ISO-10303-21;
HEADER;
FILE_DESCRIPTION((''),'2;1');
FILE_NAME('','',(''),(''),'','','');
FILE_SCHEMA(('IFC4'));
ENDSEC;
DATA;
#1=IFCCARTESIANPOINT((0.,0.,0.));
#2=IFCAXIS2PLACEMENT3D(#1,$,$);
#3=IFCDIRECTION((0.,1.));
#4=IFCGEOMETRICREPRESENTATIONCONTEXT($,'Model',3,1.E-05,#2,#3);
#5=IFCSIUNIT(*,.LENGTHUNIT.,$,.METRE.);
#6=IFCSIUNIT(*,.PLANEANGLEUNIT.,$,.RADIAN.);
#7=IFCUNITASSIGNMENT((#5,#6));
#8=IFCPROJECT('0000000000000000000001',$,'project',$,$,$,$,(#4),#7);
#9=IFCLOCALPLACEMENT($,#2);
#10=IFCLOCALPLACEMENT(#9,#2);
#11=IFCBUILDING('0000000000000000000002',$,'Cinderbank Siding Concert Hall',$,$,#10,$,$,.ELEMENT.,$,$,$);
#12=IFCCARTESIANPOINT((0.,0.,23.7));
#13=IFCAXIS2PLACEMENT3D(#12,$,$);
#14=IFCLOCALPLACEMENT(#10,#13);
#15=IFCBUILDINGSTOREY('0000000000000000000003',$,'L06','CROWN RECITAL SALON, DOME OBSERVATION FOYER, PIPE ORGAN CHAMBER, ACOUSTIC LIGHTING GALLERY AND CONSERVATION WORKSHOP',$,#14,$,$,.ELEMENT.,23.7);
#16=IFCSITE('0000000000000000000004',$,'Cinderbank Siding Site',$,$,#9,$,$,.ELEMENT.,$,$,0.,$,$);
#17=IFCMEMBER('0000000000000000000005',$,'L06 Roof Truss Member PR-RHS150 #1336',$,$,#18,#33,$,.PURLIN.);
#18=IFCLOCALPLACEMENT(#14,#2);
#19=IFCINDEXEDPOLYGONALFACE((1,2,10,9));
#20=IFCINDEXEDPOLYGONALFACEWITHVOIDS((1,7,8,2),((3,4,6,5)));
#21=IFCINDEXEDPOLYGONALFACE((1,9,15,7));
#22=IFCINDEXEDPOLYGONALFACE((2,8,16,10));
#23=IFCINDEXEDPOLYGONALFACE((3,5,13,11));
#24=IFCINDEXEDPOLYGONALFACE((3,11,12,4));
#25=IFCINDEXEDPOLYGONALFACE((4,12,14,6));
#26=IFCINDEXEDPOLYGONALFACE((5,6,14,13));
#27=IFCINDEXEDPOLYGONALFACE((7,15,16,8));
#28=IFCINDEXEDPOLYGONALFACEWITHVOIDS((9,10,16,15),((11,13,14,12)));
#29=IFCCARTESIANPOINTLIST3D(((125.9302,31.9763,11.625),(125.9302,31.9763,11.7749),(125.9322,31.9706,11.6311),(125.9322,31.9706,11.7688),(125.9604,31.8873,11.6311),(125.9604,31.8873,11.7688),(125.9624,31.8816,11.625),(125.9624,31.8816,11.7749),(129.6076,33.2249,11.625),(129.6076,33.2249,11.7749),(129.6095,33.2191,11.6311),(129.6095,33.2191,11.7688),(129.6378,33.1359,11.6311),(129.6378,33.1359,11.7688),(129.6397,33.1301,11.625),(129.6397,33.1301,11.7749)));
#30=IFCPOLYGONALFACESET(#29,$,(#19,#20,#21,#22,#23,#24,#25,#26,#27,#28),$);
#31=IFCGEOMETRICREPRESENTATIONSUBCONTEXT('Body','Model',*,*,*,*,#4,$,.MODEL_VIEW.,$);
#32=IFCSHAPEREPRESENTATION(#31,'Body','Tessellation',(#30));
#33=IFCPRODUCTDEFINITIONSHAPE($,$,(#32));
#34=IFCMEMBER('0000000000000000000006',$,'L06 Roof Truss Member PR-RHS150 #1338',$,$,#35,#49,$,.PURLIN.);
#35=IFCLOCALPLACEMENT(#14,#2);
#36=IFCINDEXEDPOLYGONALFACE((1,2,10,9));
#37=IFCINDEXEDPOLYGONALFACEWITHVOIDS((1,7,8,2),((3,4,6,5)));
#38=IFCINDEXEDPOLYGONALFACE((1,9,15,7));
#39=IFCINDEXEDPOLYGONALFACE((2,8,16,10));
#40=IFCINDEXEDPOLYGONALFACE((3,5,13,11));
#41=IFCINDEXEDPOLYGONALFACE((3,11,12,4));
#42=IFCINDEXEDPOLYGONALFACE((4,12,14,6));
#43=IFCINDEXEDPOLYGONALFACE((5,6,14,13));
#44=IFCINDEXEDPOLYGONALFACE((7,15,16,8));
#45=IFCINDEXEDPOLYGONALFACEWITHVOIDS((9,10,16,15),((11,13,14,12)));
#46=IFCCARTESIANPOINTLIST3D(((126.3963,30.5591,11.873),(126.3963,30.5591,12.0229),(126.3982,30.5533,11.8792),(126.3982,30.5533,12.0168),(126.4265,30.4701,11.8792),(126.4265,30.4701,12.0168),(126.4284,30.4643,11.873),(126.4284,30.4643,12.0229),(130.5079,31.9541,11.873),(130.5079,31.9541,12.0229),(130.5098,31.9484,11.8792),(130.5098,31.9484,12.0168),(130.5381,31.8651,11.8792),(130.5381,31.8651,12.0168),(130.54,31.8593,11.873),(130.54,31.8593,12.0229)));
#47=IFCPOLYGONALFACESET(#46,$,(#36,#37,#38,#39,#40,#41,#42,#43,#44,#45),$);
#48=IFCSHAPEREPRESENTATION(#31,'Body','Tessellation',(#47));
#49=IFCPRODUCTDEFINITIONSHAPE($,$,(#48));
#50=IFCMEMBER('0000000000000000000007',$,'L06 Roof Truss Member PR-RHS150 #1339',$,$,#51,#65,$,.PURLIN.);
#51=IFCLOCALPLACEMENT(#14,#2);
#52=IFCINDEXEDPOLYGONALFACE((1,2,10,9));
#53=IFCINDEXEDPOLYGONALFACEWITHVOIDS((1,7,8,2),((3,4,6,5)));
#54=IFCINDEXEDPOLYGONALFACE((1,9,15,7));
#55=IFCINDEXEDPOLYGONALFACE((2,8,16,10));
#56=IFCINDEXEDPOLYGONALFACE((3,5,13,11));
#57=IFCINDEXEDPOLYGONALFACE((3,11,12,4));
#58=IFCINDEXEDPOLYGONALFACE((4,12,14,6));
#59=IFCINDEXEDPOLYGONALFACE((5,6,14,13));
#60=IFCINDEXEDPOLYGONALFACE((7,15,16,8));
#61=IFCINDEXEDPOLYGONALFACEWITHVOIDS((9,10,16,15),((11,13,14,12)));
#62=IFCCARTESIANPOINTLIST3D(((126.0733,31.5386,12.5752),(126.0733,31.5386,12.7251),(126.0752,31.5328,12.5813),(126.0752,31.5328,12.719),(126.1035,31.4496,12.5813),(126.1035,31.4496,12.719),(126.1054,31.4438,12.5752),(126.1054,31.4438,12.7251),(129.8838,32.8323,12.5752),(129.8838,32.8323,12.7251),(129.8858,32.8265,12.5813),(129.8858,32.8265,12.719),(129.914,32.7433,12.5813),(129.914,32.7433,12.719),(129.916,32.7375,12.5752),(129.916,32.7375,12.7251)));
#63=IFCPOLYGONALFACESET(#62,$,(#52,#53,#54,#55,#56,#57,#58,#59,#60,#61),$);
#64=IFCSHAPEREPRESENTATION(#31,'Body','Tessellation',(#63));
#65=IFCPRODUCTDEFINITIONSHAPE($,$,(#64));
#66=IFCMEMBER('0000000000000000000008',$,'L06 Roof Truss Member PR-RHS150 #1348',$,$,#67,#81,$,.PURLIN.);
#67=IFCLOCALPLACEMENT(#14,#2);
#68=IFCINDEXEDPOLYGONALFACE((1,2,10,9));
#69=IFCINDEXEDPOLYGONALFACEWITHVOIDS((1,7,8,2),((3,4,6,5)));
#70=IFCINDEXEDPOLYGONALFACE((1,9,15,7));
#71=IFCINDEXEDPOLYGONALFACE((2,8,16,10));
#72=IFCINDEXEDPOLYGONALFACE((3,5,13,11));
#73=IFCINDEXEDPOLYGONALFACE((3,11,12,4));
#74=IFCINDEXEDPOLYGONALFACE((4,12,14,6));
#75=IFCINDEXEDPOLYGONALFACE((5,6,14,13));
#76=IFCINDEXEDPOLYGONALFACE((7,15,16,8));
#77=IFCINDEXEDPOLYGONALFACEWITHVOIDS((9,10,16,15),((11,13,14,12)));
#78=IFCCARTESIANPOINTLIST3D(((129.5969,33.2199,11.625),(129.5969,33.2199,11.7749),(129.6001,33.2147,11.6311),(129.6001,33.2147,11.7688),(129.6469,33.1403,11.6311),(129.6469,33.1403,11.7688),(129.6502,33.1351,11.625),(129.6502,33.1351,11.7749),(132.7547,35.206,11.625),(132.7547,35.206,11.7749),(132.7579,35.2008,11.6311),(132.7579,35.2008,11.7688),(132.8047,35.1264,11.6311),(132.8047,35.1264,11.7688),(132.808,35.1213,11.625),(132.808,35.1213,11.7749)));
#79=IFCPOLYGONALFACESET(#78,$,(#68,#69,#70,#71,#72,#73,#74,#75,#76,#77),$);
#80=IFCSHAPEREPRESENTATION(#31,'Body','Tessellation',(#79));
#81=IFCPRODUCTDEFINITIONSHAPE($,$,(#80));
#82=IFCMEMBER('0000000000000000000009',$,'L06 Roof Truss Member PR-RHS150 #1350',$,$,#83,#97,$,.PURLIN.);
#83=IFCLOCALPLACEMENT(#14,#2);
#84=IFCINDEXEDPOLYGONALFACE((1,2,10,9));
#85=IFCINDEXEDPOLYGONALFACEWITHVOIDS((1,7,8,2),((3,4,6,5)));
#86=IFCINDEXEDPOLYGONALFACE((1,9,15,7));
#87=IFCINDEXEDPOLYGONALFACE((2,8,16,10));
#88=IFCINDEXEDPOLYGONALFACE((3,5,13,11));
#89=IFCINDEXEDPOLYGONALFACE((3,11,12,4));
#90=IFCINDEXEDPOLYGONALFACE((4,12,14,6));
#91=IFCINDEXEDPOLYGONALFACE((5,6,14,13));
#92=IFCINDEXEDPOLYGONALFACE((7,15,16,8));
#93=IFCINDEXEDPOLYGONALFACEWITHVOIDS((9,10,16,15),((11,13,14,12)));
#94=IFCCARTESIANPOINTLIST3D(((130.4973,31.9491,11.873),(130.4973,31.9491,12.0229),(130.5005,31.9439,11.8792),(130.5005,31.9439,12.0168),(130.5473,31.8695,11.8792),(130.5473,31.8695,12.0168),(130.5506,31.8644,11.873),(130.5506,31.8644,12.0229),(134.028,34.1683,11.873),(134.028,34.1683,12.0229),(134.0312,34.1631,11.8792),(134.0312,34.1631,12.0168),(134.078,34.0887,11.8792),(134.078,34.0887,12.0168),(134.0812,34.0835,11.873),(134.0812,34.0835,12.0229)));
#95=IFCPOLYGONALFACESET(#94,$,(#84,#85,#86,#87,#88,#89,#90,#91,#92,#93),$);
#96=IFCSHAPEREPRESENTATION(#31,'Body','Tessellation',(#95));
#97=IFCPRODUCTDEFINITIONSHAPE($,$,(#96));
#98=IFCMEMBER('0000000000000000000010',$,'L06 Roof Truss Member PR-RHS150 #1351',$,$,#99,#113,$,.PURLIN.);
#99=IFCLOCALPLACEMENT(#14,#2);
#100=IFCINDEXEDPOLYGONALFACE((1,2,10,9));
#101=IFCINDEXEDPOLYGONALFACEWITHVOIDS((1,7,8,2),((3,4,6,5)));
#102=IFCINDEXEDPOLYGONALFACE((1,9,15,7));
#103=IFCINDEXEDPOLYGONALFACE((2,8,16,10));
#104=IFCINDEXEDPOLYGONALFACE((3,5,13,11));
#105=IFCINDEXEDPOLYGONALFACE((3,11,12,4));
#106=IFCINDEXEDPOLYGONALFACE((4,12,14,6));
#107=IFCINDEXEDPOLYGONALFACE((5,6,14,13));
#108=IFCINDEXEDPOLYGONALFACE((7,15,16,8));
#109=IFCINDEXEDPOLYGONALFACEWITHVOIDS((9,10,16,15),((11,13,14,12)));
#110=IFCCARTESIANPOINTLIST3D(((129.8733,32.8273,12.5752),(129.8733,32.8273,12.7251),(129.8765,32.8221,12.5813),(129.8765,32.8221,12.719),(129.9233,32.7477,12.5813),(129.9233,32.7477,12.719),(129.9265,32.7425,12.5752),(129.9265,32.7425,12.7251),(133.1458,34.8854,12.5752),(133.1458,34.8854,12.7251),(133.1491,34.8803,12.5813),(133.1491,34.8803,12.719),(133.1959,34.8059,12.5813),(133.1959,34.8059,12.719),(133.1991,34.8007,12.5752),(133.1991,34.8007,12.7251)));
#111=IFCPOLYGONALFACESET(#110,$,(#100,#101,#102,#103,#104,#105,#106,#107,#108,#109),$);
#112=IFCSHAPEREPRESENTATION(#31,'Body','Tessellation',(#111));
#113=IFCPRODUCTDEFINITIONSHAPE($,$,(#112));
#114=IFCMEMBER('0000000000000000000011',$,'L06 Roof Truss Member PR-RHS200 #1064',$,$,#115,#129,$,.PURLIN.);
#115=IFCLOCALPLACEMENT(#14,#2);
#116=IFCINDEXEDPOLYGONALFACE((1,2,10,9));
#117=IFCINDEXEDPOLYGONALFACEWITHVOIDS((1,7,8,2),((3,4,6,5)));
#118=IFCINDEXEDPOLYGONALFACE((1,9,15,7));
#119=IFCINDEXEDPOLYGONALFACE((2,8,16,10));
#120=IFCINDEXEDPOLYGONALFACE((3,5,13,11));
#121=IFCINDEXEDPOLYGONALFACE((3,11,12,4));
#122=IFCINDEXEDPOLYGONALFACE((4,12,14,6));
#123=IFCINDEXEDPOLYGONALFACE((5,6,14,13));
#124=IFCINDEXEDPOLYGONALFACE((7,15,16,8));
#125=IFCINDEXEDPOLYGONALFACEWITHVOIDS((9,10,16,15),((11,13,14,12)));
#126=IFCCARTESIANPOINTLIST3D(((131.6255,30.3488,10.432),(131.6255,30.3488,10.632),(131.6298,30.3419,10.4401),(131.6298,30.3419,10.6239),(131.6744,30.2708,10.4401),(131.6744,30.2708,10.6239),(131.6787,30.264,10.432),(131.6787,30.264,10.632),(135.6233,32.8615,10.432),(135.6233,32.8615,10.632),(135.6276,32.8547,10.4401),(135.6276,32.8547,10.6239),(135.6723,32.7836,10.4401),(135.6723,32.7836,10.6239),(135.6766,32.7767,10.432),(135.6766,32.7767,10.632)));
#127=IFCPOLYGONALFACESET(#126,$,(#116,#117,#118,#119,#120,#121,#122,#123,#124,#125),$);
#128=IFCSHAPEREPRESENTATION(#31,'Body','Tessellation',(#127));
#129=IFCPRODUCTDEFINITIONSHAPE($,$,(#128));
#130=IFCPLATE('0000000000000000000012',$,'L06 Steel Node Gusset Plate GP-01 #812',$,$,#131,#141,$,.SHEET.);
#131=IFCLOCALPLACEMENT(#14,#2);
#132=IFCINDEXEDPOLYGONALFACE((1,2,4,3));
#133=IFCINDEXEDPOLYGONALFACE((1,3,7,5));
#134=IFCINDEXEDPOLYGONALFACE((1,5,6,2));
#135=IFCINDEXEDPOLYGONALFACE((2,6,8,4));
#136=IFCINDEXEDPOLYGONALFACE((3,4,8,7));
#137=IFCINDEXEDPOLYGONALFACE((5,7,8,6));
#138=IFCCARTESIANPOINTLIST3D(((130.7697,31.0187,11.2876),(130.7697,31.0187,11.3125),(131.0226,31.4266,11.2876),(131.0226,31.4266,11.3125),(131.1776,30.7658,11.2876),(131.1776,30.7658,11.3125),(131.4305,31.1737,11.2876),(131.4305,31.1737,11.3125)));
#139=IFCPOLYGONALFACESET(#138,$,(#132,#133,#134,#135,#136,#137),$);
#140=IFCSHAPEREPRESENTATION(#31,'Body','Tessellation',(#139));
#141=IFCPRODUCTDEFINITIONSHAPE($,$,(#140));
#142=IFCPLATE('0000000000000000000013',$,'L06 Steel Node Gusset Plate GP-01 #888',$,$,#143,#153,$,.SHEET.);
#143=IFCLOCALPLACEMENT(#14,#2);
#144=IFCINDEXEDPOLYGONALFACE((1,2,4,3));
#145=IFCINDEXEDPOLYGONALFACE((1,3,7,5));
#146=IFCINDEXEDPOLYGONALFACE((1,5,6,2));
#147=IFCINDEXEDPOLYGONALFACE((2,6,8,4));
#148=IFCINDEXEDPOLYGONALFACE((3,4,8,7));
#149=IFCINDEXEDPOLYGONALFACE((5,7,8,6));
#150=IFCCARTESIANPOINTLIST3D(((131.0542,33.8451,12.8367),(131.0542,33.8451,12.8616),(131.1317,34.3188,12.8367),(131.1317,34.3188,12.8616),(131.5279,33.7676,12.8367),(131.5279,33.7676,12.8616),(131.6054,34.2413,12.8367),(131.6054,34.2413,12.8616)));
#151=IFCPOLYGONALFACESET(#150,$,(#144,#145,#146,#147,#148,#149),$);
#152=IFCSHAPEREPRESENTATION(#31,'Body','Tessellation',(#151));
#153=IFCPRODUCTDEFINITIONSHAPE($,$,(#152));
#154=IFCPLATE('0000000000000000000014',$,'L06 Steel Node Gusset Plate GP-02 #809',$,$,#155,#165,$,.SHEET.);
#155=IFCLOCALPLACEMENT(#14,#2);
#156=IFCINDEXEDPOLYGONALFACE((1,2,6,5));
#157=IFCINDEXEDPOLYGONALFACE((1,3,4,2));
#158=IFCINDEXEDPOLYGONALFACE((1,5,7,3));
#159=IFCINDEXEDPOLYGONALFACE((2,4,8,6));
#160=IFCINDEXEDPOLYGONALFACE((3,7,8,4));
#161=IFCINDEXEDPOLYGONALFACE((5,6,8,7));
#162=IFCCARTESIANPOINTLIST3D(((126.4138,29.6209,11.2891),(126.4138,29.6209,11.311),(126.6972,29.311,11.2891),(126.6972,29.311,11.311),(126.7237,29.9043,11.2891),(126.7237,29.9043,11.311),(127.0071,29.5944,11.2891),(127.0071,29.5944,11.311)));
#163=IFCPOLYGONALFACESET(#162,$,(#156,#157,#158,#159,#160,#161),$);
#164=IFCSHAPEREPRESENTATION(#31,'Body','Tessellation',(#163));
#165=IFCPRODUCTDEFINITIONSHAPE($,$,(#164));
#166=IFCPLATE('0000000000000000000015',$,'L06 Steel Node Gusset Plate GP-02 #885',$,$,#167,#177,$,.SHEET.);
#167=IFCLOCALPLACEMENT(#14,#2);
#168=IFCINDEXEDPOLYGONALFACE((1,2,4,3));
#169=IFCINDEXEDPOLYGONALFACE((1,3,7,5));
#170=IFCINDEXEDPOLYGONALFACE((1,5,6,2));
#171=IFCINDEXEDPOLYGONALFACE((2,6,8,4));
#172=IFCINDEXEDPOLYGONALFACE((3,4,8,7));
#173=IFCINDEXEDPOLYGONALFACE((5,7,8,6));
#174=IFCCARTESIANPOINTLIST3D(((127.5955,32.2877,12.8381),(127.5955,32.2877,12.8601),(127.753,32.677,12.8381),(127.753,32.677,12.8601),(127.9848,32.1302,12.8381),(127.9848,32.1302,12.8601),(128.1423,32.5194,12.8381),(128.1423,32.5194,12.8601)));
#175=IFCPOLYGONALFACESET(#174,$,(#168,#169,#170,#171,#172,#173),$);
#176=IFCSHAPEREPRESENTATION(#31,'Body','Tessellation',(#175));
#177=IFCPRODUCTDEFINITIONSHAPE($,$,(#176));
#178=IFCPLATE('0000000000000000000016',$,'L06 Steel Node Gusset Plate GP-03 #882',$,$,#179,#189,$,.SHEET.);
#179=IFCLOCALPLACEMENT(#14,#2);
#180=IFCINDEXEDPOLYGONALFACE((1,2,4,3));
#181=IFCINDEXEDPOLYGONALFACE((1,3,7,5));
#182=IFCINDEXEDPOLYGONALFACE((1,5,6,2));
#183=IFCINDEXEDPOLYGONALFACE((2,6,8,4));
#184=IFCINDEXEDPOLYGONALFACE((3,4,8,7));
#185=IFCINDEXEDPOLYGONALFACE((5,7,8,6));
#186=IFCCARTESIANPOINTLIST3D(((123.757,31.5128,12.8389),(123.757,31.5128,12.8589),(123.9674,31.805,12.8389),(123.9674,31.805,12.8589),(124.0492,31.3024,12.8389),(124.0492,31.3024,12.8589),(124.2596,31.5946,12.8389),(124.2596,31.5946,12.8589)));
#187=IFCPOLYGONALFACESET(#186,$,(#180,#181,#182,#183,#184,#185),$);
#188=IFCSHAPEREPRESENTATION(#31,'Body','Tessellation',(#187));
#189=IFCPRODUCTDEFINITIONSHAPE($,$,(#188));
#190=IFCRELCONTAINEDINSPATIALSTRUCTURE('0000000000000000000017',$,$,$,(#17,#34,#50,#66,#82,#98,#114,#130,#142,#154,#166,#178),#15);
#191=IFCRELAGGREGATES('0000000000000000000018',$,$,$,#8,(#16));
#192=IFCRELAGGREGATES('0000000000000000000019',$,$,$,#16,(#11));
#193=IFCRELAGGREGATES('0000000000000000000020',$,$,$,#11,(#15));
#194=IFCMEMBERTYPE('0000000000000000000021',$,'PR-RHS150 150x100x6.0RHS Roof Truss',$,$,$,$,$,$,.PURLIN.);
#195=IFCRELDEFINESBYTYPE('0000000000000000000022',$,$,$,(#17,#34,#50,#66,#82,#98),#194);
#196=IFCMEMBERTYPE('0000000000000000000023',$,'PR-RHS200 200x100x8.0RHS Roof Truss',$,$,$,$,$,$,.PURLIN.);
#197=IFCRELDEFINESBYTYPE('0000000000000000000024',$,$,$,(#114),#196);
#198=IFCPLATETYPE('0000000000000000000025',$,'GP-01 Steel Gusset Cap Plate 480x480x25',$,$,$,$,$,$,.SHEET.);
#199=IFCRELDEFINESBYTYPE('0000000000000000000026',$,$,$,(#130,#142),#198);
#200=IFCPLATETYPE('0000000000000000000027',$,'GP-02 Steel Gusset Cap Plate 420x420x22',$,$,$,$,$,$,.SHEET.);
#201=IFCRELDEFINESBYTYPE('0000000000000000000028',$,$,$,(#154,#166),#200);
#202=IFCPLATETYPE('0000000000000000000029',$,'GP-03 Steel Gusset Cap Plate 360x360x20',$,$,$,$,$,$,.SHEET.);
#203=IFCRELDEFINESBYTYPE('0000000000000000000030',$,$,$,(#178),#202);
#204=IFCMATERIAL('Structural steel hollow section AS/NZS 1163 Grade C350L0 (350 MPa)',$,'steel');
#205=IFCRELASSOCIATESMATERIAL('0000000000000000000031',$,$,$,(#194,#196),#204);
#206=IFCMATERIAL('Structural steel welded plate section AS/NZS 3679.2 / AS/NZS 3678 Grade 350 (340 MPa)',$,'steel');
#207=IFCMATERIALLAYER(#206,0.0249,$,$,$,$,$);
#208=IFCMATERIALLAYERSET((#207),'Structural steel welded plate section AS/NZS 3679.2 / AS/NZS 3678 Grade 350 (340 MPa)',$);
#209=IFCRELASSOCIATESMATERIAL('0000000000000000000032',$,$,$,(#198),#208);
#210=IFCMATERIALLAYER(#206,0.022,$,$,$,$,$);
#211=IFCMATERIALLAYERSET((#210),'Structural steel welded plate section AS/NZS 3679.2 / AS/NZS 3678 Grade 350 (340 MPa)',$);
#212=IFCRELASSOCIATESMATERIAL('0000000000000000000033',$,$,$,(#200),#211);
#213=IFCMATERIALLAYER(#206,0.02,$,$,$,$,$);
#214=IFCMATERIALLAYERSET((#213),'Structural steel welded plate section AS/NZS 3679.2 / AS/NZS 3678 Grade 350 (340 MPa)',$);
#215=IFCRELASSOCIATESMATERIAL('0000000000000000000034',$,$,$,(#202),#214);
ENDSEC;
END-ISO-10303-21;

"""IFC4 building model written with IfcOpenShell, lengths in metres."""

from ifc_helpers import new_model, si_unit, direction, frame, origin, origin_2d, place, context, subcontext, project, spatial, rectangle, hollow_rectangle, extrude, material, layer, layer_set, material_profile, profile_set, type_object, element, save


model = new_model("IFC4")

# Units and contexts
model_context = context("Model", 3, precision=1e-05, world=origin(), true_north=direction((0.0, 1.0)))
body_context = subcontext(model_context, "Body", "Model", "MODEL_VIEW")
ifc_project = project(units=[si_unit("LENGTHUNIT", "METRE"), si_unit("PLANEANGLEUNIT", "RADIAN")], contexts=[model_context])

# Site, building, storey
site_placement = place(None, origin())
site = spatial("IfcSite", under=ifc_project, at=site_placement, Name="Cinderbank Siding Site", CompositionType="ELEMENT", RefElevation=0.0)
building_placement = place(site_placement, origin())
building = spatial("IfcBuilding", under=site, at=building_placement, Name="Cinderbank Siding Concert Hall", CompositionType="ELEMENT")
storey_placement = place(building_placement, frame((0.0, 0.0, 23.7)))
storey = spatial("IfcBuildingStorey", under=building, at=storey_placement, Name="L06", Description="CROWN RECITAL SALON, DOME OBSERVATION FOYER, PIPE ORGAN CHAMBER, ACOUSTIC LIGHTING GALLERY AND CONSERVATION WORKSHOP", CompositionType="ELEMENT", Elevation=23.7)

# Members
ifc_material_1 = material(Name="Structural steel hollow section AS/NZS 1163 Grade C350L0 (350 MPa)", Category="steel")
ifc_material_profile_1 = material_profile(ifc_material_1, hollow_rectangle(XDim=0.1001, YDim=0.1499, WallThickness=0.0061, at=origin_2d()), Name="150x100x6.0RHS", Category="LoadBearing")
ifc_profile_set_1 = profile_set([ifc_material_profile_1], Name="Structural steel hollow section AS/NZS 1163 Grade C350L0 (350 MPa)")
member_type_1 = type_object("IfcMemberType", Name="PR-RHS150 150x100x6.0RHS Roof Truss", PredefinedType="PURLIN", material=ifc_profile_set_1)
member_1_placement = place(storey_placement, frame((125.9463, 31.929, 11.7), z_axis=(0.946908, 0.321504, 0.0), x_axis=(-0.321504, 0.946908, 0.0)))
element("IfcMember", 1, at=member_1_placement, inside=storey, type_object=member_type_1, Name="L06 Roof Truss Member PR-RHS150 #1336", PredefinedType="PURLIN", context=body_context, shape_type="SweptSolid", body=[
    extrude(hollow_rectangle(XDim=0.1001, YDim=0.1499, WallThickness=0.0061, at=origin_2d()), origin(), (0.0, 0.0, 1.0), 3.8835),
])
member_2_placement = place(storey_placement, frame((126.4124, 30.5117, 11.948), z_axis=(0.946977, 0.321301, 0.0), x_axis=(-0.321301, 0.946977, 0.0)))
element("IfcMember", 2, at=member_2_placement, inside=storey, type_object=member_type_1, Name="L06 Roof Truss Member PR-RHS150 #1338", PredefinedType="PURLIN", context=body_context, shape_type="SweptSolid", body=[
    extrude(hollow_rectangle(XDim=0.1001, YDim=0.1499, WallThickness=0.0061, at=origin_2d()), origin(), (0.0, 0.0, 1.0), 4.3418),
])
member_3_placement = place(storey_placement, frame((126.0894, 31.4912, 12.6501), z_axis=(0.946915, 0.321483, 0.0), x_axis=(-0.321483, 0.946915, 0.0)))
element("IfcMember", 3, at=member_3_placement, inside=storey, type_object=member_type_1, Name="L06 Roof Truss Member PR-RHS150 #1339", PredefinedType="PURLIN", context=body_context, shape_type="SweptSolid", body=[
    extrude(hollow_rectangle(XDim=0.1001, YDim=0.1499, WallThickness=0.0061, at=origin_2d()), origin(), (0.0, 0.0, 1.0), 4.0242),
])
member_4_placement = place(storey_placement, frame((129.6235, 33.1775, 11.7), z_axis=(0.846487, 0.532409, 0.0), x_axis=(-0.532409, 0.846487, 0.0)))
element("IfcMember", 4, at=member_4_placement, inside=storey, type_object=member_type_1, Name="L06 Roof Truss Member PR-RHS150 #1348", PredefinedType="PURLIN", context=body_context, shape_type="SweptSolid", body=[
    extrude(hollow_rectangle(XDim=0.1001, YDim=0.1499, WallThickness=0.0061, at=origin_2d()), origin(), (0.0, 0.0, 1.0), 3.7305),
])
member_5_placement = place(storey_placement, frame((130.5239, 31.9067, 11.948), z_axis=(0.846647, 0.532155, 0.0), x_axis=(-0.532155, 0.846647, 0.0)))
element("IfcMember", 5, at=member_5_placement, inside=storey, type_object=member_type_1, Name="L06 Roof Truss Member PR-RHS150 #1350", PredefinedType="PURLIN", context=body_context, shape_type="SweptSolid", body=[
    extrude(hollow_rectangle(XDim=0.1001, YDim=0.1499, WallThickness=0.0061, at=origin_2d()), origin(), (0.0, 0.0, 1.0), 4.1702),
])
member_6_placement = place(storey_placement, frame((129.8999, 32.7849, 12.6501), z_axis=(0.846505, 0.532381, 0.0), x_axis=(-0.532381, 0.846505, 0.0)))
element("IfcMember", 6, at=member_6_placement, inside=storey, type_object=member_type_1, Name="L06 Roof Truss Member PR-RHS150 #1351", PredefinedType="PURLIN", context=body_context, shape_type="SweptSolid", body=[
    extrude(hollow_rectangle(XDim=0.1001, YDim=0.1499, WallThickness=0.0061, at=origin_2d()), origin(), (0.0, 0.0, 1.0), 3.866),
])
ifc_material_profile_2 = material_profile(ifc_material_1, hollow_rectangle(XDim=0.1001, YDim=0.2, WallThickness=0.0081, at=origin_2d()), Name="200x100x8.0RHS", Category="LoadBearing")
ifc_profile_set_2 = profile_set([ifc_material_profile_2], Name="Structural steel hollow section AS/NZS 1163 Grade C350L0 (350 MPa)")
member_type_2 = type_object("IfcMemberType", Name="PR-RHS200 200x100x8.0RHS Roof Truss", PredefinedType="PURLIN", material=ifc_profile_set_2)
member_7_placement = place(storey_placement, frame((131.6521, 30.3064, 10.532), z_axis=(0.846657, 0.53214, 0.0), x_axis=(-0.53214, 0.846657, 0.0)))
element("IfcMember", 7, at=member_7_placement, inside=storey, type_object=member_type_2, Name="L06 Roof Truss Member PR-RHS200 #1064", PredefinedType="PURLIN", context=body_context, shape_type="SweptSolid", body=[
    extrude(hollow_rectangle(XDim=0.1001, YDim=0.2, WallThickness=0.0081, at=origin_2d()), origin(), (0.0, 0.0, 1.0), 4.7219),
])

# Plates
ifc_material_2 = material(Name="Structural steel welded plate section AS/NZS 3679.2 / AS/NZS 3678 Grade 350 (340 MPa)", Category="steel")
ifc_layer_1 = layer(ifc_material_2, 0.0249)
ifc_layer_set_1 = layer_set([ifc_layer_1], Name="Structural steel welded plate section AS/NZS 3679.2 / AS/NZS 3678 Grade 350 (340 MPa)")
plate_type_1 = type_object("IfcPlateType", Name="GP-01 Steel Gusset Cap Plate 480x480x25", PredefinedType="SHEET", material=ifc_layer_set_1)
for number, where, z_axis, x_axis, name in (
    (8, (131.1001, 31.0962, 11.2876), (0.0, 0.0, 1.0), (0.526956, 0.849893, 0.0), "L06 Steel Node Gusset Plate GP-01 #812"),
    (9, (131.3298, 34.0432, 12.8367), (0.0, 0.0, 1.0), (-0.986884, 0.161432, 0.0), "L06 Steel Node Gusset Plate GP-01 #888"),
):
    element("IfcPlate", number, at=place(storey_placement, frame(where, z_axis=z_axis, x_axis=x_axis)), inside=storey, type_object=plate_type_1, Name=name, PredefinedType="SHEET", context=body_context, shape_type="SweptSolid", body=[
        extrude(rectangle(XDim=0.48, YDim=0.48, at=origin_2d()), origin(), (0.0, 0.0, 1.0), 0.0249),
    ])
ifc_layer_2 = layer(ifc_material_2, 0.022)
ifc_layer_set_2 = layer_set([ifc_layer_2], Name="Structural steel welded plate section AS/NZS 3679.2 / AS/NZS 3678 Grade 350 (340 MPa)")
plate_type_2 = type_object("IfcPlateType", Name="GP-02 Steel Gusset Cap Plate 420x420x22", PredefinedType="SHEET", material=ifc_layer_set_2)
for number, where, z_axis, x_axis, name in (
    (10, (126.7104, 29.6077, 11.2891), (0.0, 0.0, 1.0), (0.737984, 0.674818, 0.0), "L06 Steel Node Gusset Plate GP-02 #809"),
    (11, (127.8689, 32.4036, 12.8381), (0.0, 0.0, 1.0), (-0.926988, 0.375092, 0.0), "L06 Steel Node Gusset Plate GP-02 #885"),
):
    element("IfcPlate", number, at=place(storey_placement, frame(where, z_axis=z_axis, x_axis=x_axis)), inside=storey, type_object=plate_type_2, Name=name, PredefinedType="SHEET", context=body_context, shape_type="SweptSolid", body=[
        extrude(rectangle(XDim=0.4199, YDim=0.4199, at=origin_2d()), origin(), (0.0, 0.0, 1.0), 0.022),
    ])
ifc_layer_3 = layer(ifc_material_2, 0.02)
ifc_layer_set_3 = layer_set([ifc_layer_3], Name="Structural steel welded plate section AS/NZS 3679.2 / AS/NZS 3678 Grade 350 (340 MPa)")
plate_type_3 = type_object("IfcPlateType", Name="GP-03 Steel Gusset Cap Plate 360x360x20", PredefinedType="SHEET", material=ifc_layer_set_3)
plate_placement = place(storey_placement, frame((124.0083, 31.5537, 12.8389), z_axis=(0.0, 0.0, 1.0), x_axis=(-0.811472, 0.584391, 0.0)))
element("IfcPlate", 12, at=plate_placement, inside=storey, type_object=plate_type_3, Name="L06 Steel Node Gusset Plate GP-03 #882", PredefinedType="SHEET", context=body_context, shape_type="SweptSolid", body=[
    extrude(rectangle(XDim=0.3601, YDim=0.3601, at=origin_2d()), origin(), (0.0, 0.0, 1.0), 0.02),
])

save(model, "model.ifc")
